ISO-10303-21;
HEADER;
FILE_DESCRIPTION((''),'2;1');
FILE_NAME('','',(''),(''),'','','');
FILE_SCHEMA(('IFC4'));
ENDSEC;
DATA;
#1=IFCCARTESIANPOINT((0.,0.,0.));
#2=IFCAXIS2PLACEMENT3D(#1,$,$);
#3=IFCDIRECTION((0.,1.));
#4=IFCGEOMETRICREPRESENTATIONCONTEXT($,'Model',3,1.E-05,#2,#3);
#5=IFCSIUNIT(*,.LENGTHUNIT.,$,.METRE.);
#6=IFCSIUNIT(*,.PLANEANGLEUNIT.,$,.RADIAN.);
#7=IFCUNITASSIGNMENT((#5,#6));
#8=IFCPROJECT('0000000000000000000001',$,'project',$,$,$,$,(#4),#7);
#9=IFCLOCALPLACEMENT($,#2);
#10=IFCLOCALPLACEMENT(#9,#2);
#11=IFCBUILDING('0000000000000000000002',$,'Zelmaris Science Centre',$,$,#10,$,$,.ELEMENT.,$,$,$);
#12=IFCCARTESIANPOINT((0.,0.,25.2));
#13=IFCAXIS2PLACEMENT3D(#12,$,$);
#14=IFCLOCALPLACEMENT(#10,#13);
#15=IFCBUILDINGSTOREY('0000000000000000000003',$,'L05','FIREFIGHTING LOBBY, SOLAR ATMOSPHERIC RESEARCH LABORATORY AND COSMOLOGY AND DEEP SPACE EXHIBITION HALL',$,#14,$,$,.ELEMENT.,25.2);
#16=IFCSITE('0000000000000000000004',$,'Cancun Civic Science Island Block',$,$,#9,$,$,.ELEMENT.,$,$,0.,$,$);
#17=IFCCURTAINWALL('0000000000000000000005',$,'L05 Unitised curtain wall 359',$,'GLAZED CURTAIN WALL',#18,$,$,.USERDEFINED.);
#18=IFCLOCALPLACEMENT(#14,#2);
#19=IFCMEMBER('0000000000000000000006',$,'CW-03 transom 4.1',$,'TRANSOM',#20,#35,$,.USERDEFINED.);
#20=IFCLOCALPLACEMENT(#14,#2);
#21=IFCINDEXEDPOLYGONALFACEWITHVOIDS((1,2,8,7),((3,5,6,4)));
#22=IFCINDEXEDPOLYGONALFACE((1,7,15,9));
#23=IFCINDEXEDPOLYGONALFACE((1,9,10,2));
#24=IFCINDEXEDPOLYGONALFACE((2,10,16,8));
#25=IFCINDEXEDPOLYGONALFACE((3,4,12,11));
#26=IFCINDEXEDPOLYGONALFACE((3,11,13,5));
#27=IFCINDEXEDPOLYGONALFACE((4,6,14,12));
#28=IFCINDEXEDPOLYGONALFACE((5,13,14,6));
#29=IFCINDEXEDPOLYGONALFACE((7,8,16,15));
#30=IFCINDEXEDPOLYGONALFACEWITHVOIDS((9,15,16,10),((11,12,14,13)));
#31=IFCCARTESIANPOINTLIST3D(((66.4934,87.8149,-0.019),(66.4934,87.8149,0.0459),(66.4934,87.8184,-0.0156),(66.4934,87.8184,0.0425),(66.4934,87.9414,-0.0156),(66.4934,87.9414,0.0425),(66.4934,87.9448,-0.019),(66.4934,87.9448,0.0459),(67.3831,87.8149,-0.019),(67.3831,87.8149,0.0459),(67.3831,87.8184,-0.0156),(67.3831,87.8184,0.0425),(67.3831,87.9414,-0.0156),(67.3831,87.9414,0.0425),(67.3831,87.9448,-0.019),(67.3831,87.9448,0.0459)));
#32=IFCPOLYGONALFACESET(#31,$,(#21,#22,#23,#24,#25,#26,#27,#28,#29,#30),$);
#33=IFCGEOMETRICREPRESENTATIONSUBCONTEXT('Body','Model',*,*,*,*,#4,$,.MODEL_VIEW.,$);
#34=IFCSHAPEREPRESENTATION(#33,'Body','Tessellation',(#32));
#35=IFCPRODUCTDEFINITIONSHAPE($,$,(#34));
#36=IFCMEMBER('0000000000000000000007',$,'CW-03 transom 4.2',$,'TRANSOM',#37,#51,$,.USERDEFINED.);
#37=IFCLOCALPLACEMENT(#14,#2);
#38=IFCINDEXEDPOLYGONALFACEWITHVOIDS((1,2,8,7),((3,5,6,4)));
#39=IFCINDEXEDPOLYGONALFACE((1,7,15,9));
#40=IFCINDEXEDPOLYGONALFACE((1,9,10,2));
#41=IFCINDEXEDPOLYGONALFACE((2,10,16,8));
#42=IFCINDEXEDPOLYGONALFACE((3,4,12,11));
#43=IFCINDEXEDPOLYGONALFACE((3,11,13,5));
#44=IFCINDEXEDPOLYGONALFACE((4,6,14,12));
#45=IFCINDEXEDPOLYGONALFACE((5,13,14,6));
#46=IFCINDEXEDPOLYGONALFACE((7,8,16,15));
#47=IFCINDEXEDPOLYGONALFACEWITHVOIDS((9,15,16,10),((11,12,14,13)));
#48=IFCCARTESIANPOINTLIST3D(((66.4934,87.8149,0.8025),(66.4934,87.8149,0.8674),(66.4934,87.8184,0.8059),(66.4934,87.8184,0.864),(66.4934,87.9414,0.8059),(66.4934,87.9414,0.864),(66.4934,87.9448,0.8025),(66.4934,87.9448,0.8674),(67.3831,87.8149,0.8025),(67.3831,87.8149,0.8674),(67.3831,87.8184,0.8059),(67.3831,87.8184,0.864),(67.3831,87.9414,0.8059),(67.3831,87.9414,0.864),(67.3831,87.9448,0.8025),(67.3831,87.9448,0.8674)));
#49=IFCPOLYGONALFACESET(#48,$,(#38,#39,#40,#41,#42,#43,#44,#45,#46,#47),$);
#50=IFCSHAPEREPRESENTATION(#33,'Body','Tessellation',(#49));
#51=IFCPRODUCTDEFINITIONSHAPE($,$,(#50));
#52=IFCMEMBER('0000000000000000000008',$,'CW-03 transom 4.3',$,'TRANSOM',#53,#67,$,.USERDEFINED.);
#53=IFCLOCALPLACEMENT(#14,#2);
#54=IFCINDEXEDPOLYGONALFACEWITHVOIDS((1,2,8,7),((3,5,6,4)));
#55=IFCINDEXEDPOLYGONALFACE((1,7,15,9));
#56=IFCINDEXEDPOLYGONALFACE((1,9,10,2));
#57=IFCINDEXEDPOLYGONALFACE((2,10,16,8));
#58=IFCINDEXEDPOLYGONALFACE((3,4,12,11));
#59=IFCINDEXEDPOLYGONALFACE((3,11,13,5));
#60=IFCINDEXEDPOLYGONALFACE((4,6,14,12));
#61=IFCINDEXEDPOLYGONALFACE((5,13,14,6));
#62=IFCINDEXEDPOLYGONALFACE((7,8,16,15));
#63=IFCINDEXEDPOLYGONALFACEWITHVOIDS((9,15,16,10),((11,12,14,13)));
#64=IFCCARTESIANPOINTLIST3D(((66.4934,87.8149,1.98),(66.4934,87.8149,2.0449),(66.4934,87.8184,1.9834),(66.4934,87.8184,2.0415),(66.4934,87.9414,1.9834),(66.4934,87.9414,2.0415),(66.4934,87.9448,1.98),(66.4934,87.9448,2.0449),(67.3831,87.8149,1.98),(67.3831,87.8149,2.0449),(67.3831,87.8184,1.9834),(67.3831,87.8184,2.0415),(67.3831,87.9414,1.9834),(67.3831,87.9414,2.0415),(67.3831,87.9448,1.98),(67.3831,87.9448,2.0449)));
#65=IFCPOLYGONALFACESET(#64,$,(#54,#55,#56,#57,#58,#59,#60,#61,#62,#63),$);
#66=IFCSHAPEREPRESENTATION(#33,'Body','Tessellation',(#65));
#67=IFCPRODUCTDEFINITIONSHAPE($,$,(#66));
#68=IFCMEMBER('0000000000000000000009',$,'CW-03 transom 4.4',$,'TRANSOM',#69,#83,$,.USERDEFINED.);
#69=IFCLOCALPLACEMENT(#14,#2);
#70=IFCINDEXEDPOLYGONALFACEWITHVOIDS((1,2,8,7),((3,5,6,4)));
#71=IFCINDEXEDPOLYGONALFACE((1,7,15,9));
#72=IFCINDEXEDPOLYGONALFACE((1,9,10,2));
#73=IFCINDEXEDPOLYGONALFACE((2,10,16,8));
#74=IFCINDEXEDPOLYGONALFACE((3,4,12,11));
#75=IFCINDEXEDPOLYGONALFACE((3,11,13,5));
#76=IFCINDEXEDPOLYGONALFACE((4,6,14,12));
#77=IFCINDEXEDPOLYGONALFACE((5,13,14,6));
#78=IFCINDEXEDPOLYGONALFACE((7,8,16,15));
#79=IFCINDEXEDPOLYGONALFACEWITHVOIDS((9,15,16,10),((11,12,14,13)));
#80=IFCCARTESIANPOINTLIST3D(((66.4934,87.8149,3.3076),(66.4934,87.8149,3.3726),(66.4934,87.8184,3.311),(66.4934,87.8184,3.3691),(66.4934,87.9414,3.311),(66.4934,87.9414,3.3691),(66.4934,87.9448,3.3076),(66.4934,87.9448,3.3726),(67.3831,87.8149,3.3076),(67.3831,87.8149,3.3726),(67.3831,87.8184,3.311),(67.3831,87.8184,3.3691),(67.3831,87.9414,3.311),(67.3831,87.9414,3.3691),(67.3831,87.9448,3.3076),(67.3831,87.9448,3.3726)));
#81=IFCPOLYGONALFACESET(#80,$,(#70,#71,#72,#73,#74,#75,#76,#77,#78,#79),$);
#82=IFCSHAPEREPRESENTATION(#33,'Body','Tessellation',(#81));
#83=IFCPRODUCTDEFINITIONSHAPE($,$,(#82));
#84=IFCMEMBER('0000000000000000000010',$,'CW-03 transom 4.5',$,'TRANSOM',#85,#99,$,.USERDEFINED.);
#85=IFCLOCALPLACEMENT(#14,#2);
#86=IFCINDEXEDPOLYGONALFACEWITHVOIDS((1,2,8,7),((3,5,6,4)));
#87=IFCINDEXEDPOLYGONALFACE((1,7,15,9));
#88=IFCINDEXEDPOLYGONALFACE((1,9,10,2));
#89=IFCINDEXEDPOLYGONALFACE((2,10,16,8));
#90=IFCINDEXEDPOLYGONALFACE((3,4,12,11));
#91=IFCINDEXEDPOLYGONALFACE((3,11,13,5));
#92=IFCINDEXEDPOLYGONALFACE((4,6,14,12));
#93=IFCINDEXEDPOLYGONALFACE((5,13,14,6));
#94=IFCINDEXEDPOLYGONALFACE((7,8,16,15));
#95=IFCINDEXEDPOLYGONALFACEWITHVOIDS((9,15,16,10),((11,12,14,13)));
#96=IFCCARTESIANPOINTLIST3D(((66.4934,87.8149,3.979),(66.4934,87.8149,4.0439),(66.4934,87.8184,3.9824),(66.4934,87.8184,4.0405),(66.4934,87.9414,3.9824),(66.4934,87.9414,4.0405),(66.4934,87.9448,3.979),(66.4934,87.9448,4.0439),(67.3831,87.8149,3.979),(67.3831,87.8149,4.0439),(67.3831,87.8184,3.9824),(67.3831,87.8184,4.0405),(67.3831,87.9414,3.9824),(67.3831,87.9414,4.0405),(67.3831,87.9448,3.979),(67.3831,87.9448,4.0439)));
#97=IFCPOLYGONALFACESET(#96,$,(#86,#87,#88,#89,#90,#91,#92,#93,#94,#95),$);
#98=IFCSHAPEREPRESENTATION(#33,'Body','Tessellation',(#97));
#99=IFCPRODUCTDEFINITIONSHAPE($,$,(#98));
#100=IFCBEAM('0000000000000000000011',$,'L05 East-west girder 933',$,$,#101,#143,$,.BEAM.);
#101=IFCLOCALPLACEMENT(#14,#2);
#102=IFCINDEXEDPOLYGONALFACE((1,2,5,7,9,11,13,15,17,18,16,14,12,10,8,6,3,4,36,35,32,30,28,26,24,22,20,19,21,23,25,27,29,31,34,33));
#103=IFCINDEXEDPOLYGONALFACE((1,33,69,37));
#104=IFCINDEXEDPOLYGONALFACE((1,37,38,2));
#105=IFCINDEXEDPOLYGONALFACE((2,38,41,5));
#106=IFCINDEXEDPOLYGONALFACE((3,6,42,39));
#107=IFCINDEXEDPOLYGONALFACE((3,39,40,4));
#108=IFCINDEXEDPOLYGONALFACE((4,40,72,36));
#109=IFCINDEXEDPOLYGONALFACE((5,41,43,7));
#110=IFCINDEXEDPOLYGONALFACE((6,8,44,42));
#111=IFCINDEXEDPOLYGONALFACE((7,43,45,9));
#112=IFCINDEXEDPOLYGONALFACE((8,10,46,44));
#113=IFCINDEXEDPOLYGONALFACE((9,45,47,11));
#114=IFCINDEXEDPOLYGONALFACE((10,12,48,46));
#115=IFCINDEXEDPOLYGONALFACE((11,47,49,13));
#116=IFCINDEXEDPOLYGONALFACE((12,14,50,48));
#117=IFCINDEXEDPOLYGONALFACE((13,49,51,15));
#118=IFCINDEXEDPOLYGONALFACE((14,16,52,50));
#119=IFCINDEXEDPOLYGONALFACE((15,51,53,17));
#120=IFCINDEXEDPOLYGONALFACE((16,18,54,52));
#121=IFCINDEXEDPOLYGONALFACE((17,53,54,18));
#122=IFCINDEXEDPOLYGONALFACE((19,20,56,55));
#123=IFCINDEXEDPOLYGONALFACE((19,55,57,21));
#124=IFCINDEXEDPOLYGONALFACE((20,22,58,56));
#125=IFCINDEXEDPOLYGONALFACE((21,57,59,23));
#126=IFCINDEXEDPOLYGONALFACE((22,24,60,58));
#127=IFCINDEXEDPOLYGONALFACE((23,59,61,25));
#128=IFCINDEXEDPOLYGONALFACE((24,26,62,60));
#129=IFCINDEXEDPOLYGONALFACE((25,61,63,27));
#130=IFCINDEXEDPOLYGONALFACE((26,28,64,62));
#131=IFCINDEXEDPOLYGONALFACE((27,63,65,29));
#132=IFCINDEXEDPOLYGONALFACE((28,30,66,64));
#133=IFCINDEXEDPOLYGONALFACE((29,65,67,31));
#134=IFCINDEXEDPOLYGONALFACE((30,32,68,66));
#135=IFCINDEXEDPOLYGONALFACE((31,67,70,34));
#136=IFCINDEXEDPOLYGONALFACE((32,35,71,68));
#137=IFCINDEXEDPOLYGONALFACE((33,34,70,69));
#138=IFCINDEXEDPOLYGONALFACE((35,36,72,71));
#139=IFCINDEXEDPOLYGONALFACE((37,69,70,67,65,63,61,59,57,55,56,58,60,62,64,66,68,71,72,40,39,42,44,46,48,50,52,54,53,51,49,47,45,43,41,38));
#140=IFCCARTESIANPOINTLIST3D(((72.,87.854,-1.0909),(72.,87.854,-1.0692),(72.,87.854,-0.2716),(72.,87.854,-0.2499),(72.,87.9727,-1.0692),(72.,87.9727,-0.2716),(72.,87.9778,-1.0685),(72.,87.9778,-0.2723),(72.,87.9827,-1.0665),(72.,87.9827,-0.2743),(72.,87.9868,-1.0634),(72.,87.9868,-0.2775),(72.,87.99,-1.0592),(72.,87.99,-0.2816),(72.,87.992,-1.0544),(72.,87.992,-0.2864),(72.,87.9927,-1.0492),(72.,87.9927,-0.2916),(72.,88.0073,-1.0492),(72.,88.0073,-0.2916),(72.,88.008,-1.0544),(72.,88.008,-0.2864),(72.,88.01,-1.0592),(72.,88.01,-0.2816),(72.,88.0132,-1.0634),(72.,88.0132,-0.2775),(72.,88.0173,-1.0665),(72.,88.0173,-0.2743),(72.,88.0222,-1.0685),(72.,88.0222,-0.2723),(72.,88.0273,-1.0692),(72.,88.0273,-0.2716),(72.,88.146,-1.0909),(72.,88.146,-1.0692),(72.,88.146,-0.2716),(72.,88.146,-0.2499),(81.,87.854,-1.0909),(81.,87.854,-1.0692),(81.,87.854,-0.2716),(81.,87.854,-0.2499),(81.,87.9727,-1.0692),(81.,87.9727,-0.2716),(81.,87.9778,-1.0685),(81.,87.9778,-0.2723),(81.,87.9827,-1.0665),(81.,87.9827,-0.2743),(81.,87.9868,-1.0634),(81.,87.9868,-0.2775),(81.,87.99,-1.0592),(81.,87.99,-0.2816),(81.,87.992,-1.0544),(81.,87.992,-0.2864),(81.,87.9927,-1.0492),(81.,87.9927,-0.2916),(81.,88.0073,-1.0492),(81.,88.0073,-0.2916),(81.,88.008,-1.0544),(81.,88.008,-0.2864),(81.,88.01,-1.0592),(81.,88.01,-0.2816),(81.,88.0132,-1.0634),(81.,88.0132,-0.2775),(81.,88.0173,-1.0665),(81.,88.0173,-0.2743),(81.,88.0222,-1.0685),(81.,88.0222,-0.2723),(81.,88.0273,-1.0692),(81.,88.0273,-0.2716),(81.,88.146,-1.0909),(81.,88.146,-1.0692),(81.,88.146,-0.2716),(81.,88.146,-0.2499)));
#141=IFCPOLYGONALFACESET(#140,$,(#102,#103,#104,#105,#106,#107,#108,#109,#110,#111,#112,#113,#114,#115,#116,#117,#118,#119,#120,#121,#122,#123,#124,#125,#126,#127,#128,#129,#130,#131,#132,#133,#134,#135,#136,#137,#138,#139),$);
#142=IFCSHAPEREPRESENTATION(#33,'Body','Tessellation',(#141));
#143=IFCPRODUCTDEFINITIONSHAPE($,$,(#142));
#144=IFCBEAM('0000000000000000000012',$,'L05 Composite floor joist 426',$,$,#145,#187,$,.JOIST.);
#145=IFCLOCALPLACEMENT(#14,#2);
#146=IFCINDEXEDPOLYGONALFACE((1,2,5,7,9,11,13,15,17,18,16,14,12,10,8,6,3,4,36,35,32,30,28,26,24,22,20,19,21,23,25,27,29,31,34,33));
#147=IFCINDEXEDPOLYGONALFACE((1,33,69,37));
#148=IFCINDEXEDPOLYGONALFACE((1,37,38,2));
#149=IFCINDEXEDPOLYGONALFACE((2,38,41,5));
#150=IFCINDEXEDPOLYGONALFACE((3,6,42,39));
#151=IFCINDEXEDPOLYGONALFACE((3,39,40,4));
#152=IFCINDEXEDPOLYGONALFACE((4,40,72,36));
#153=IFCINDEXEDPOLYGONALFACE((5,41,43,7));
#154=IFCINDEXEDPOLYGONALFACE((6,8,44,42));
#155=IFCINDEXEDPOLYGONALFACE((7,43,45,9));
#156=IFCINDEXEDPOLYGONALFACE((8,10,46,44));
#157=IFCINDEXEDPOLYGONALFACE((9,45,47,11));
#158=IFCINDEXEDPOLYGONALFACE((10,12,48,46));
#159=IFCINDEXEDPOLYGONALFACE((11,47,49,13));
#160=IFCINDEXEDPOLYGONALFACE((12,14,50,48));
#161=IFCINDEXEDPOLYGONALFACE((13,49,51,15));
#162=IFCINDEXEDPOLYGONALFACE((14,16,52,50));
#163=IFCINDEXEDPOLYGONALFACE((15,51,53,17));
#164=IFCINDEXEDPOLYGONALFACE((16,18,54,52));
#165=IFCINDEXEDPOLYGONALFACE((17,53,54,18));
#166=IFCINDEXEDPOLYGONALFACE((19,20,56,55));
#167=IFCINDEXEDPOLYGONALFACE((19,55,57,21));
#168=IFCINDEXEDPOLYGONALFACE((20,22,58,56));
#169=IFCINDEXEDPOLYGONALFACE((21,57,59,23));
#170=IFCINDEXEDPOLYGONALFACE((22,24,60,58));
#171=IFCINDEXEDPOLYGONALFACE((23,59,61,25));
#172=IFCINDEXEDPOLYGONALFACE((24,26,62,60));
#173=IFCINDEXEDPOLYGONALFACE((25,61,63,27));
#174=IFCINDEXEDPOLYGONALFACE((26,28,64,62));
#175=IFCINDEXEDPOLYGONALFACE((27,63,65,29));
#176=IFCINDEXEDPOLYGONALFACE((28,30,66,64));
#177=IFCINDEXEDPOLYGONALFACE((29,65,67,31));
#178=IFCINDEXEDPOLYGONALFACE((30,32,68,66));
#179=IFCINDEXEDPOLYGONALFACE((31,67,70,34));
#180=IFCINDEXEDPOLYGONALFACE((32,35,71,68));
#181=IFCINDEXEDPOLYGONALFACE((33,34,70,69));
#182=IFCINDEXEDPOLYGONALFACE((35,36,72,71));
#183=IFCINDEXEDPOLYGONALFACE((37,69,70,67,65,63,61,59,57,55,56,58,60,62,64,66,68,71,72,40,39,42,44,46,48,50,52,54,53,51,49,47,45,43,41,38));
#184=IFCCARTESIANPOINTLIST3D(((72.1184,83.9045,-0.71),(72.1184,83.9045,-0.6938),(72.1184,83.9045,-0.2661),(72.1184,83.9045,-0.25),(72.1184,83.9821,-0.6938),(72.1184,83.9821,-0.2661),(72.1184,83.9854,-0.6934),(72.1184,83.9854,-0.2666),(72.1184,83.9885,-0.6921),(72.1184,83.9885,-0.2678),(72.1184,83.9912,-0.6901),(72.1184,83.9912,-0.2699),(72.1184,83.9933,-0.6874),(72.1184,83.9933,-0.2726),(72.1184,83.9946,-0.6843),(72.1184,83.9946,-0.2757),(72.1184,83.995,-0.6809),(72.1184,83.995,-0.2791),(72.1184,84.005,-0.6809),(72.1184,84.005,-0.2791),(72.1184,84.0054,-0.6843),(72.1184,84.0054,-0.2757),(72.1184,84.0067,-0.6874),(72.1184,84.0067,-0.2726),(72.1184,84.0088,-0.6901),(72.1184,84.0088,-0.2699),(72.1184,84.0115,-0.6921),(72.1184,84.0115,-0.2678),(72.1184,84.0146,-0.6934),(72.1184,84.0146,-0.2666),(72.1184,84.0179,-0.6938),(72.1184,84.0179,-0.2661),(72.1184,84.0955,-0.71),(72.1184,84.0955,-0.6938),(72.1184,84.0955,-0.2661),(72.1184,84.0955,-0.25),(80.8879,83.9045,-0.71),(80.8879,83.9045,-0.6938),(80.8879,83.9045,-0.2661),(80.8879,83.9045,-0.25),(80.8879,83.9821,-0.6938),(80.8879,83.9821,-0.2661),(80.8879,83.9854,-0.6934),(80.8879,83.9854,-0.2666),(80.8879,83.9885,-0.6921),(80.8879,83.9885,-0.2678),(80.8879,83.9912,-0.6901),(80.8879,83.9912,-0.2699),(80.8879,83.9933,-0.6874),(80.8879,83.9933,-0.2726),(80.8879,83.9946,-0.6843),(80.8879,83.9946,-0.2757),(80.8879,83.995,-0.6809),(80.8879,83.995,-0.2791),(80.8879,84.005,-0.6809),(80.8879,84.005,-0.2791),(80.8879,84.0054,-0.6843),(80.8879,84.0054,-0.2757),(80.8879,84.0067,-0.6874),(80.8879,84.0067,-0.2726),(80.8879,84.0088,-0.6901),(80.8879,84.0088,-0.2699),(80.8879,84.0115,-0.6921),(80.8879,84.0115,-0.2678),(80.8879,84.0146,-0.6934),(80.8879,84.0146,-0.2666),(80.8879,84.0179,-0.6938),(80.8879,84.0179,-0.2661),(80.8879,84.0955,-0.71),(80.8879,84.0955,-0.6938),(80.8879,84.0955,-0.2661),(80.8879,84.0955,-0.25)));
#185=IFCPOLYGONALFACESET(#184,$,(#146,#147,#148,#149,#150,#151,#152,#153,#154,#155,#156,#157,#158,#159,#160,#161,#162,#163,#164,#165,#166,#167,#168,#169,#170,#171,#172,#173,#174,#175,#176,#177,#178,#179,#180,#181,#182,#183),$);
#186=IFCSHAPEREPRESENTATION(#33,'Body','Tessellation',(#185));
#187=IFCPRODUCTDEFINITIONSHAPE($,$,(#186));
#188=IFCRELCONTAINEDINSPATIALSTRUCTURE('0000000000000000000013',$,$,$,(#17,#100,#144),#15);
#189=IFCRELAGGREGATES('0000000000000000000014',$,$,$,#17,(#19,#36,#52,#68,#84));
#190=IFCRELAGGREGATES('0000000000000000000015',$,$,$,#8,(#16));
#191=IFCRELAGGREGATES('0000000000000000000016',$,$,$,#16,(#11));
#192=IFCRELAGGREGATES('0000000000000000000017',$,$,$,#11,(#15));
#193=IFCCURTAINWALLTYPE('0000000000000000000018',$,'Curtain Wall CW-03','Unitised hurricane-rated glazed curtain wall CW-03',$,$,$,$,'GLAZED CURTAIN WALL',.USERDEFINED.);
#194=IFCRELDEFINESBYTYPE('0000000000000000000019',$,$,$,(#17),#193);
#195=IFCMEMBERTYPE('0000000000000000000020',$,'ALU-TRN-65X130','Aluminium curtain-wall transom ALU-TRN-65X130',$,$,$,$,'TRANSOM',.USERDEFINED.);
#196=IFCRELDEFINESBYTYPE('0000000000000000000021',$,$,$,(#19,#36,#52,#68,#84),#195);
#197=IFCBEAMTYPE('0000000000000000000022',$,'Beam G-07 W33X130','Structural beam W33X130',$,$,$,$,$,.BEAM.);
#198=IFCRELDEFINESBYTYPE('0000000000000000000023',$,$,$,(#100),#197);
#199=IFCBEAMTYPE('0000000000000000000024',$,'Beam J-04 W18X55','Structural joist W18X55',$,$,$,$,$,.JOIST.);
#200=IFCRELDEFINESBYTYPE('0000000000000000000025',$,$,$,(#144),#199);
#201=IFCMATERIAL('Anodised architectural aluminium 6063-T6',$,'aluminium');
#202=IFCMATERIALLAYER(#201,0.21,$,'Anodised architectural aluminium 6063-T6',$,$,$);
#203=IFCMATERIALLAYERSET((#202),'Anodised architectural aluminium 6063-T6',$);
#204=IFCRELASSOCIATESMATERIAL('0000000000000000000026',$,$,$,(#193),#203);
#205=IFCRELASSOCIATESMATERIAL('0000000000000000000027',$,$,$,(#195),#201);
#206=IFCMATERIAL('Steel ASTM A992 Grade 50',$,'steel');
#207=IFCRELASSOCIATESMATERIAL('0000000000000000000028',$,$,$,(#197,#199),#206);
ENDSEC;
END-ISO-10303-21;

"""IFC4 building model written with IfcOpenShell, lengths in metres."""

from ifc_helpers import new_model, si_unit, direction, frame, origin, origin_2d, place, context, subcontext, project, spatial, hollow_rectangle, i_section, extrude, material, layer, layer_set, material_profile, profile_set, type_object, element, aggregate, save


model = new_model("IFC4")

# Units and contexts
model_context = context("Model", 3, precision=1e-05, world=origin(), true_north=direction((0.0, 1.0)))
body_context = subcontext(model_context, "Body", "Model", "MODEL_VIEW")
ifc_project = project(units=[si_unit("LENGTHUNIT", "METRE"), si_unit("PLANEANGLEUNIT", "RADIAN")], contexts=[model_context])

# Site, building, storey
site_placement = place(None, origin())
site = spatial("IfcSite", under=ifc_project, at=site_placement, Name="Cancun Civic Science Island Block", CompositionType="ELEMENT", RefElevation=0.0)
building_placement = place(site_placement, origin())
building = spatial("IfcBuilding", under=site, at=building_placement, Name="Zelmaris Science Centre", CompositionType="ELEMENT")
storey_placement = place(building_placement, frame((0.0, 0.0, 25.2)))
storey = spatial("IfcBuildingStorey", under=building, at=storey_placement, Name="L05", Description="FIREFIGHTING LOBBY, SOLAR ATMOSPHERIC RESEARCH LABORATORY AND COSMOLOGY AND DEEP SPACE EXHIBITION HALL", CompositionType="ELEMENT", Elevation=25.2)

# Shared definitions
ifc_material_1 = material(Name="Steel ASTM A992 Grade 50", Category="steel")

# Curtain wall, members
ifc_material_2 = material(Name="Anodised architectural aluminium 6063-T6", Category="aluminium")
ifc_layer_1 = layer(ifc_material_2, 0.21, Name="Anodised architectural aluminium 6063-T6")
ifc_layer_set_1 = layer_set([ifc_layer_1], Name="Anodised architectural aluminium 6063-T6")
curtain_wall_type = type_object("IfcCurtainWallType", Name="Curtain Wall CW-03", Description="Unitised hurricane-rated glazed curtain wall CW-03", ElementType="GLAZED CURTAIN WALL", PredefinedType="USERDEFINED", material=ifc_layer_set_1)
curtain_wall_placement = place(storey_placement, origin())
curtain_wall = element("IfcCurtainWall", 1, at=curtain_wall_placement, inside=storey, type_object=curtain_wall_type, Name="L05 Unitised curtain wall 359", ObjectType="GLAZED CURTAIN WALL", PredefinedType="USERDEFINED")
ifc_material_profile_1 = material_profile(ifc_material_2, hollow_rectangle(XDim=0.0649, YDim=0.1299, WallThickness=0.0034, at=origin_2d()), Name="ALU-TRN-65X130")
ifc_profile_set_1 = profile_set([ifc_material_profile_1], Name="Anodised architectural aluminium 6063-T6")
member_type_1 = type_object("IfcMemberType", Name="ALU-TRN-65X130", Description="Aluminium curtain-wall transom ALU-TRN-65X130", ElementType="TRANSOM", PredefinedType="USERDEFINED", material=ifc_profile_set_1)
member_1_placement = place(storey_placement, frame((66.4934, 87.8799, 0.0134), z_axis=(1.0, 0.0, 0.0), x_axis=(0.0, 0.0, 1.0)))
member_1 = element("IfcMember", 2, at=member_1_placement, type_object=member_type_1, Name="CW-03 transom 4.1", ObjectType="TRANSOM", PredefinedType="USERDEFINED", context=body_context, shape_type="SweptSolid", body=[
    extrude(hollow_rectangle(XDim=0.0649, YDim=0.1299, WallThickness=0.0034, at=origin_2d()), origin(), (0.0, 0.0, 1.0), 0.8896),
])
member_2_placement = place(storey_placement, frame((66.4934, 87.8799, 0.835), z_axis=(1.0, 0.0, 0.0), x_axis=(0.0, 0.0, 1.0)))
member_2 = element("IfcMember", 3, at=member_2_placement, type_object=member_type_1, Name="CW-03 transom 4.2", ObjectType="TRANSOM", PredefinedType="USERDEFINED", context=body_context, shape_type="SweptSolid", body=[
    extrude(hollow_rectangle(XDim=0.0649, YDim=0.1299, WallThickness=0.0034, at=origin_2d()), origin(), (0.0, 0.0, 1.0), 0.8896),
])
member_3_placement = place(storey_placement, frame((66.4934, 87.8799, 2.0125), z_axis=(1.0, 0.0, 0.0), x_axis=(0.0, 0.0, 1.0)))
member_3 = element("IfcMember", 4, at=member_3_placement, type_object=member_type_1, Name="CW-03 transom 4.3", ObjectType="TRANSOM", PredefinedType="USERDEFINED", context=body_context, shape_type="SweptSolid", body=[
    extrude(hollow_rectangle(XDim=0.0649, YDim=0.1299, WallThickness=0.0034, at=origin_2d()), origin(), (0.0, 0.0, 1.0), 0.8896),
])
member_4_placement = place(storey_placement, frame((66.4934, 87.8799, 3.3401), z_axis=(1.0, 0.0, 0.0), x_axis=(0.0, 0.0, 1.0)))
member_4 = element("IfcMember", 5, at=member_4_placement, type_object=member_type_1, Name="CW-03 transom 4.4", ObjectType="TRANSOM", PredefinedType="USERDEFINED", context=body_context, shape_type="SweptSolid", body=[
    extrude(hollow_rectangle(XDim=0.0649, YDim=0.1299, WallThickness=0.0034, at=origin_2d()), origin(), (0.0, 0.0, 1.0), 0.8896),
])
member_5_placement = place(storey_placement, frame((66.4934, 87.8799, 4.0115), z_axis=(1.0, 0.0, 0.0), x_axis=(0.0, 0.0, 1.0)))
member_5 = element("IfcMember", 6, at=member_5_placement, type_object=member_type_1, Name="CW-03 transom 4.5", ObjectType="TRANSOM", PredefinedType="USERDEFINED", context=body_context, shape_type="SweptSolid", body=[
    extrude(hollow_rectangle(XDim=0.0649, YDim=0.1299, WallThickness=0.0034, at=origin_2d()), origin(), (0.0, 0.0, 1.0), 0.8896),
])

# Beams
ifc_material_profile_2 = material_profile(ifc_material_1, i_section(OverallWidth=0.292, OverallDepth=0.8411, WebThickness=0.0146, FlangeThickness=0.0217, FilletRadius=0.02, at=origin_2d()), Name="W33X130")
ifc_profile_set_2 = profile_set([ifc_material_profile_2], Name="Steel ASTM A992 Grade 50")
beam_type_1 = type_object("IfcBeamType", Name="Beam G-07 W33X130", Description="Structural beam W33X130", PredefinedType="BEAM", material=ifc_profile_set_2)
beam_1_placement = place(storey_placement, frame((72.0, 88.0, -0.6704), z_axis=(1.0, 0.0, 0.0), x_axis=(0.0, 1.0, 0.0)))
element("IfcBeam", 7, at=beam_1_placement, inside=storey, type_object=beam_type_1, Name="L05 East-west girder 933", PredefinedType="BEAM", context=body_context, shape_type="SweptSolid", body=[
    extrude(i_section(OverallWidth=0.292, OverallDepth=0.8411, WebThickness=0.0146, FlangeThickness=0.0217, FilletRadius=0.02, at=origin_2d()), origin(), (0.0, 0.0, 1.0), 9.0),
])
ifc_material_profile_3 = material_profile(ifc_material_1, i_section(OverallWidth=0.1909, OverallDepth=0.46, WebThickness=0.01, FlangeThickness=0.0161, FilletRadius=0.0129, at=origin_2d()), Name="W18X55")
ifc_profile_set_3 = profile_set([ifc_material_profile_3], Name="Steel ASTM A992 Grade 50")
beam_type_2 = type_object("IfcBeamType", Name="Beam J-04 W18X55", Description="Structural joist W18X55", PredefinedType="JOIST", material=ifc_profile_set_3)
beam_2_placement = place(storey_placement, frame((72.1184, 84.0, -0.48), z_axis=(1.0, 0.0, 0.0), x_axis=(0.0, 1.0, 0.0)))
element("IfcBeam", 8, at=beam_2_placement, inside=storey, type_object=beam_type_2, Name="L05 Composite floor joist 426", PredefinedType="JOIST", context=body_context, shape_type="SweptSolid", body=[
    extrude(i_section(OverallWidth=0.1909, OverallDepth=0.46, WebThickness=0.01, FlangeThickness=0.0161, FilletRadius=0.0129, at=origin_2d()), origin(), (0.0, 0.0, 1.0), 8.7695),
])

aggregate(curtain_wall, [member_1, member_2, member_3, member_4, member_5])

save(model, "model.ifc")
